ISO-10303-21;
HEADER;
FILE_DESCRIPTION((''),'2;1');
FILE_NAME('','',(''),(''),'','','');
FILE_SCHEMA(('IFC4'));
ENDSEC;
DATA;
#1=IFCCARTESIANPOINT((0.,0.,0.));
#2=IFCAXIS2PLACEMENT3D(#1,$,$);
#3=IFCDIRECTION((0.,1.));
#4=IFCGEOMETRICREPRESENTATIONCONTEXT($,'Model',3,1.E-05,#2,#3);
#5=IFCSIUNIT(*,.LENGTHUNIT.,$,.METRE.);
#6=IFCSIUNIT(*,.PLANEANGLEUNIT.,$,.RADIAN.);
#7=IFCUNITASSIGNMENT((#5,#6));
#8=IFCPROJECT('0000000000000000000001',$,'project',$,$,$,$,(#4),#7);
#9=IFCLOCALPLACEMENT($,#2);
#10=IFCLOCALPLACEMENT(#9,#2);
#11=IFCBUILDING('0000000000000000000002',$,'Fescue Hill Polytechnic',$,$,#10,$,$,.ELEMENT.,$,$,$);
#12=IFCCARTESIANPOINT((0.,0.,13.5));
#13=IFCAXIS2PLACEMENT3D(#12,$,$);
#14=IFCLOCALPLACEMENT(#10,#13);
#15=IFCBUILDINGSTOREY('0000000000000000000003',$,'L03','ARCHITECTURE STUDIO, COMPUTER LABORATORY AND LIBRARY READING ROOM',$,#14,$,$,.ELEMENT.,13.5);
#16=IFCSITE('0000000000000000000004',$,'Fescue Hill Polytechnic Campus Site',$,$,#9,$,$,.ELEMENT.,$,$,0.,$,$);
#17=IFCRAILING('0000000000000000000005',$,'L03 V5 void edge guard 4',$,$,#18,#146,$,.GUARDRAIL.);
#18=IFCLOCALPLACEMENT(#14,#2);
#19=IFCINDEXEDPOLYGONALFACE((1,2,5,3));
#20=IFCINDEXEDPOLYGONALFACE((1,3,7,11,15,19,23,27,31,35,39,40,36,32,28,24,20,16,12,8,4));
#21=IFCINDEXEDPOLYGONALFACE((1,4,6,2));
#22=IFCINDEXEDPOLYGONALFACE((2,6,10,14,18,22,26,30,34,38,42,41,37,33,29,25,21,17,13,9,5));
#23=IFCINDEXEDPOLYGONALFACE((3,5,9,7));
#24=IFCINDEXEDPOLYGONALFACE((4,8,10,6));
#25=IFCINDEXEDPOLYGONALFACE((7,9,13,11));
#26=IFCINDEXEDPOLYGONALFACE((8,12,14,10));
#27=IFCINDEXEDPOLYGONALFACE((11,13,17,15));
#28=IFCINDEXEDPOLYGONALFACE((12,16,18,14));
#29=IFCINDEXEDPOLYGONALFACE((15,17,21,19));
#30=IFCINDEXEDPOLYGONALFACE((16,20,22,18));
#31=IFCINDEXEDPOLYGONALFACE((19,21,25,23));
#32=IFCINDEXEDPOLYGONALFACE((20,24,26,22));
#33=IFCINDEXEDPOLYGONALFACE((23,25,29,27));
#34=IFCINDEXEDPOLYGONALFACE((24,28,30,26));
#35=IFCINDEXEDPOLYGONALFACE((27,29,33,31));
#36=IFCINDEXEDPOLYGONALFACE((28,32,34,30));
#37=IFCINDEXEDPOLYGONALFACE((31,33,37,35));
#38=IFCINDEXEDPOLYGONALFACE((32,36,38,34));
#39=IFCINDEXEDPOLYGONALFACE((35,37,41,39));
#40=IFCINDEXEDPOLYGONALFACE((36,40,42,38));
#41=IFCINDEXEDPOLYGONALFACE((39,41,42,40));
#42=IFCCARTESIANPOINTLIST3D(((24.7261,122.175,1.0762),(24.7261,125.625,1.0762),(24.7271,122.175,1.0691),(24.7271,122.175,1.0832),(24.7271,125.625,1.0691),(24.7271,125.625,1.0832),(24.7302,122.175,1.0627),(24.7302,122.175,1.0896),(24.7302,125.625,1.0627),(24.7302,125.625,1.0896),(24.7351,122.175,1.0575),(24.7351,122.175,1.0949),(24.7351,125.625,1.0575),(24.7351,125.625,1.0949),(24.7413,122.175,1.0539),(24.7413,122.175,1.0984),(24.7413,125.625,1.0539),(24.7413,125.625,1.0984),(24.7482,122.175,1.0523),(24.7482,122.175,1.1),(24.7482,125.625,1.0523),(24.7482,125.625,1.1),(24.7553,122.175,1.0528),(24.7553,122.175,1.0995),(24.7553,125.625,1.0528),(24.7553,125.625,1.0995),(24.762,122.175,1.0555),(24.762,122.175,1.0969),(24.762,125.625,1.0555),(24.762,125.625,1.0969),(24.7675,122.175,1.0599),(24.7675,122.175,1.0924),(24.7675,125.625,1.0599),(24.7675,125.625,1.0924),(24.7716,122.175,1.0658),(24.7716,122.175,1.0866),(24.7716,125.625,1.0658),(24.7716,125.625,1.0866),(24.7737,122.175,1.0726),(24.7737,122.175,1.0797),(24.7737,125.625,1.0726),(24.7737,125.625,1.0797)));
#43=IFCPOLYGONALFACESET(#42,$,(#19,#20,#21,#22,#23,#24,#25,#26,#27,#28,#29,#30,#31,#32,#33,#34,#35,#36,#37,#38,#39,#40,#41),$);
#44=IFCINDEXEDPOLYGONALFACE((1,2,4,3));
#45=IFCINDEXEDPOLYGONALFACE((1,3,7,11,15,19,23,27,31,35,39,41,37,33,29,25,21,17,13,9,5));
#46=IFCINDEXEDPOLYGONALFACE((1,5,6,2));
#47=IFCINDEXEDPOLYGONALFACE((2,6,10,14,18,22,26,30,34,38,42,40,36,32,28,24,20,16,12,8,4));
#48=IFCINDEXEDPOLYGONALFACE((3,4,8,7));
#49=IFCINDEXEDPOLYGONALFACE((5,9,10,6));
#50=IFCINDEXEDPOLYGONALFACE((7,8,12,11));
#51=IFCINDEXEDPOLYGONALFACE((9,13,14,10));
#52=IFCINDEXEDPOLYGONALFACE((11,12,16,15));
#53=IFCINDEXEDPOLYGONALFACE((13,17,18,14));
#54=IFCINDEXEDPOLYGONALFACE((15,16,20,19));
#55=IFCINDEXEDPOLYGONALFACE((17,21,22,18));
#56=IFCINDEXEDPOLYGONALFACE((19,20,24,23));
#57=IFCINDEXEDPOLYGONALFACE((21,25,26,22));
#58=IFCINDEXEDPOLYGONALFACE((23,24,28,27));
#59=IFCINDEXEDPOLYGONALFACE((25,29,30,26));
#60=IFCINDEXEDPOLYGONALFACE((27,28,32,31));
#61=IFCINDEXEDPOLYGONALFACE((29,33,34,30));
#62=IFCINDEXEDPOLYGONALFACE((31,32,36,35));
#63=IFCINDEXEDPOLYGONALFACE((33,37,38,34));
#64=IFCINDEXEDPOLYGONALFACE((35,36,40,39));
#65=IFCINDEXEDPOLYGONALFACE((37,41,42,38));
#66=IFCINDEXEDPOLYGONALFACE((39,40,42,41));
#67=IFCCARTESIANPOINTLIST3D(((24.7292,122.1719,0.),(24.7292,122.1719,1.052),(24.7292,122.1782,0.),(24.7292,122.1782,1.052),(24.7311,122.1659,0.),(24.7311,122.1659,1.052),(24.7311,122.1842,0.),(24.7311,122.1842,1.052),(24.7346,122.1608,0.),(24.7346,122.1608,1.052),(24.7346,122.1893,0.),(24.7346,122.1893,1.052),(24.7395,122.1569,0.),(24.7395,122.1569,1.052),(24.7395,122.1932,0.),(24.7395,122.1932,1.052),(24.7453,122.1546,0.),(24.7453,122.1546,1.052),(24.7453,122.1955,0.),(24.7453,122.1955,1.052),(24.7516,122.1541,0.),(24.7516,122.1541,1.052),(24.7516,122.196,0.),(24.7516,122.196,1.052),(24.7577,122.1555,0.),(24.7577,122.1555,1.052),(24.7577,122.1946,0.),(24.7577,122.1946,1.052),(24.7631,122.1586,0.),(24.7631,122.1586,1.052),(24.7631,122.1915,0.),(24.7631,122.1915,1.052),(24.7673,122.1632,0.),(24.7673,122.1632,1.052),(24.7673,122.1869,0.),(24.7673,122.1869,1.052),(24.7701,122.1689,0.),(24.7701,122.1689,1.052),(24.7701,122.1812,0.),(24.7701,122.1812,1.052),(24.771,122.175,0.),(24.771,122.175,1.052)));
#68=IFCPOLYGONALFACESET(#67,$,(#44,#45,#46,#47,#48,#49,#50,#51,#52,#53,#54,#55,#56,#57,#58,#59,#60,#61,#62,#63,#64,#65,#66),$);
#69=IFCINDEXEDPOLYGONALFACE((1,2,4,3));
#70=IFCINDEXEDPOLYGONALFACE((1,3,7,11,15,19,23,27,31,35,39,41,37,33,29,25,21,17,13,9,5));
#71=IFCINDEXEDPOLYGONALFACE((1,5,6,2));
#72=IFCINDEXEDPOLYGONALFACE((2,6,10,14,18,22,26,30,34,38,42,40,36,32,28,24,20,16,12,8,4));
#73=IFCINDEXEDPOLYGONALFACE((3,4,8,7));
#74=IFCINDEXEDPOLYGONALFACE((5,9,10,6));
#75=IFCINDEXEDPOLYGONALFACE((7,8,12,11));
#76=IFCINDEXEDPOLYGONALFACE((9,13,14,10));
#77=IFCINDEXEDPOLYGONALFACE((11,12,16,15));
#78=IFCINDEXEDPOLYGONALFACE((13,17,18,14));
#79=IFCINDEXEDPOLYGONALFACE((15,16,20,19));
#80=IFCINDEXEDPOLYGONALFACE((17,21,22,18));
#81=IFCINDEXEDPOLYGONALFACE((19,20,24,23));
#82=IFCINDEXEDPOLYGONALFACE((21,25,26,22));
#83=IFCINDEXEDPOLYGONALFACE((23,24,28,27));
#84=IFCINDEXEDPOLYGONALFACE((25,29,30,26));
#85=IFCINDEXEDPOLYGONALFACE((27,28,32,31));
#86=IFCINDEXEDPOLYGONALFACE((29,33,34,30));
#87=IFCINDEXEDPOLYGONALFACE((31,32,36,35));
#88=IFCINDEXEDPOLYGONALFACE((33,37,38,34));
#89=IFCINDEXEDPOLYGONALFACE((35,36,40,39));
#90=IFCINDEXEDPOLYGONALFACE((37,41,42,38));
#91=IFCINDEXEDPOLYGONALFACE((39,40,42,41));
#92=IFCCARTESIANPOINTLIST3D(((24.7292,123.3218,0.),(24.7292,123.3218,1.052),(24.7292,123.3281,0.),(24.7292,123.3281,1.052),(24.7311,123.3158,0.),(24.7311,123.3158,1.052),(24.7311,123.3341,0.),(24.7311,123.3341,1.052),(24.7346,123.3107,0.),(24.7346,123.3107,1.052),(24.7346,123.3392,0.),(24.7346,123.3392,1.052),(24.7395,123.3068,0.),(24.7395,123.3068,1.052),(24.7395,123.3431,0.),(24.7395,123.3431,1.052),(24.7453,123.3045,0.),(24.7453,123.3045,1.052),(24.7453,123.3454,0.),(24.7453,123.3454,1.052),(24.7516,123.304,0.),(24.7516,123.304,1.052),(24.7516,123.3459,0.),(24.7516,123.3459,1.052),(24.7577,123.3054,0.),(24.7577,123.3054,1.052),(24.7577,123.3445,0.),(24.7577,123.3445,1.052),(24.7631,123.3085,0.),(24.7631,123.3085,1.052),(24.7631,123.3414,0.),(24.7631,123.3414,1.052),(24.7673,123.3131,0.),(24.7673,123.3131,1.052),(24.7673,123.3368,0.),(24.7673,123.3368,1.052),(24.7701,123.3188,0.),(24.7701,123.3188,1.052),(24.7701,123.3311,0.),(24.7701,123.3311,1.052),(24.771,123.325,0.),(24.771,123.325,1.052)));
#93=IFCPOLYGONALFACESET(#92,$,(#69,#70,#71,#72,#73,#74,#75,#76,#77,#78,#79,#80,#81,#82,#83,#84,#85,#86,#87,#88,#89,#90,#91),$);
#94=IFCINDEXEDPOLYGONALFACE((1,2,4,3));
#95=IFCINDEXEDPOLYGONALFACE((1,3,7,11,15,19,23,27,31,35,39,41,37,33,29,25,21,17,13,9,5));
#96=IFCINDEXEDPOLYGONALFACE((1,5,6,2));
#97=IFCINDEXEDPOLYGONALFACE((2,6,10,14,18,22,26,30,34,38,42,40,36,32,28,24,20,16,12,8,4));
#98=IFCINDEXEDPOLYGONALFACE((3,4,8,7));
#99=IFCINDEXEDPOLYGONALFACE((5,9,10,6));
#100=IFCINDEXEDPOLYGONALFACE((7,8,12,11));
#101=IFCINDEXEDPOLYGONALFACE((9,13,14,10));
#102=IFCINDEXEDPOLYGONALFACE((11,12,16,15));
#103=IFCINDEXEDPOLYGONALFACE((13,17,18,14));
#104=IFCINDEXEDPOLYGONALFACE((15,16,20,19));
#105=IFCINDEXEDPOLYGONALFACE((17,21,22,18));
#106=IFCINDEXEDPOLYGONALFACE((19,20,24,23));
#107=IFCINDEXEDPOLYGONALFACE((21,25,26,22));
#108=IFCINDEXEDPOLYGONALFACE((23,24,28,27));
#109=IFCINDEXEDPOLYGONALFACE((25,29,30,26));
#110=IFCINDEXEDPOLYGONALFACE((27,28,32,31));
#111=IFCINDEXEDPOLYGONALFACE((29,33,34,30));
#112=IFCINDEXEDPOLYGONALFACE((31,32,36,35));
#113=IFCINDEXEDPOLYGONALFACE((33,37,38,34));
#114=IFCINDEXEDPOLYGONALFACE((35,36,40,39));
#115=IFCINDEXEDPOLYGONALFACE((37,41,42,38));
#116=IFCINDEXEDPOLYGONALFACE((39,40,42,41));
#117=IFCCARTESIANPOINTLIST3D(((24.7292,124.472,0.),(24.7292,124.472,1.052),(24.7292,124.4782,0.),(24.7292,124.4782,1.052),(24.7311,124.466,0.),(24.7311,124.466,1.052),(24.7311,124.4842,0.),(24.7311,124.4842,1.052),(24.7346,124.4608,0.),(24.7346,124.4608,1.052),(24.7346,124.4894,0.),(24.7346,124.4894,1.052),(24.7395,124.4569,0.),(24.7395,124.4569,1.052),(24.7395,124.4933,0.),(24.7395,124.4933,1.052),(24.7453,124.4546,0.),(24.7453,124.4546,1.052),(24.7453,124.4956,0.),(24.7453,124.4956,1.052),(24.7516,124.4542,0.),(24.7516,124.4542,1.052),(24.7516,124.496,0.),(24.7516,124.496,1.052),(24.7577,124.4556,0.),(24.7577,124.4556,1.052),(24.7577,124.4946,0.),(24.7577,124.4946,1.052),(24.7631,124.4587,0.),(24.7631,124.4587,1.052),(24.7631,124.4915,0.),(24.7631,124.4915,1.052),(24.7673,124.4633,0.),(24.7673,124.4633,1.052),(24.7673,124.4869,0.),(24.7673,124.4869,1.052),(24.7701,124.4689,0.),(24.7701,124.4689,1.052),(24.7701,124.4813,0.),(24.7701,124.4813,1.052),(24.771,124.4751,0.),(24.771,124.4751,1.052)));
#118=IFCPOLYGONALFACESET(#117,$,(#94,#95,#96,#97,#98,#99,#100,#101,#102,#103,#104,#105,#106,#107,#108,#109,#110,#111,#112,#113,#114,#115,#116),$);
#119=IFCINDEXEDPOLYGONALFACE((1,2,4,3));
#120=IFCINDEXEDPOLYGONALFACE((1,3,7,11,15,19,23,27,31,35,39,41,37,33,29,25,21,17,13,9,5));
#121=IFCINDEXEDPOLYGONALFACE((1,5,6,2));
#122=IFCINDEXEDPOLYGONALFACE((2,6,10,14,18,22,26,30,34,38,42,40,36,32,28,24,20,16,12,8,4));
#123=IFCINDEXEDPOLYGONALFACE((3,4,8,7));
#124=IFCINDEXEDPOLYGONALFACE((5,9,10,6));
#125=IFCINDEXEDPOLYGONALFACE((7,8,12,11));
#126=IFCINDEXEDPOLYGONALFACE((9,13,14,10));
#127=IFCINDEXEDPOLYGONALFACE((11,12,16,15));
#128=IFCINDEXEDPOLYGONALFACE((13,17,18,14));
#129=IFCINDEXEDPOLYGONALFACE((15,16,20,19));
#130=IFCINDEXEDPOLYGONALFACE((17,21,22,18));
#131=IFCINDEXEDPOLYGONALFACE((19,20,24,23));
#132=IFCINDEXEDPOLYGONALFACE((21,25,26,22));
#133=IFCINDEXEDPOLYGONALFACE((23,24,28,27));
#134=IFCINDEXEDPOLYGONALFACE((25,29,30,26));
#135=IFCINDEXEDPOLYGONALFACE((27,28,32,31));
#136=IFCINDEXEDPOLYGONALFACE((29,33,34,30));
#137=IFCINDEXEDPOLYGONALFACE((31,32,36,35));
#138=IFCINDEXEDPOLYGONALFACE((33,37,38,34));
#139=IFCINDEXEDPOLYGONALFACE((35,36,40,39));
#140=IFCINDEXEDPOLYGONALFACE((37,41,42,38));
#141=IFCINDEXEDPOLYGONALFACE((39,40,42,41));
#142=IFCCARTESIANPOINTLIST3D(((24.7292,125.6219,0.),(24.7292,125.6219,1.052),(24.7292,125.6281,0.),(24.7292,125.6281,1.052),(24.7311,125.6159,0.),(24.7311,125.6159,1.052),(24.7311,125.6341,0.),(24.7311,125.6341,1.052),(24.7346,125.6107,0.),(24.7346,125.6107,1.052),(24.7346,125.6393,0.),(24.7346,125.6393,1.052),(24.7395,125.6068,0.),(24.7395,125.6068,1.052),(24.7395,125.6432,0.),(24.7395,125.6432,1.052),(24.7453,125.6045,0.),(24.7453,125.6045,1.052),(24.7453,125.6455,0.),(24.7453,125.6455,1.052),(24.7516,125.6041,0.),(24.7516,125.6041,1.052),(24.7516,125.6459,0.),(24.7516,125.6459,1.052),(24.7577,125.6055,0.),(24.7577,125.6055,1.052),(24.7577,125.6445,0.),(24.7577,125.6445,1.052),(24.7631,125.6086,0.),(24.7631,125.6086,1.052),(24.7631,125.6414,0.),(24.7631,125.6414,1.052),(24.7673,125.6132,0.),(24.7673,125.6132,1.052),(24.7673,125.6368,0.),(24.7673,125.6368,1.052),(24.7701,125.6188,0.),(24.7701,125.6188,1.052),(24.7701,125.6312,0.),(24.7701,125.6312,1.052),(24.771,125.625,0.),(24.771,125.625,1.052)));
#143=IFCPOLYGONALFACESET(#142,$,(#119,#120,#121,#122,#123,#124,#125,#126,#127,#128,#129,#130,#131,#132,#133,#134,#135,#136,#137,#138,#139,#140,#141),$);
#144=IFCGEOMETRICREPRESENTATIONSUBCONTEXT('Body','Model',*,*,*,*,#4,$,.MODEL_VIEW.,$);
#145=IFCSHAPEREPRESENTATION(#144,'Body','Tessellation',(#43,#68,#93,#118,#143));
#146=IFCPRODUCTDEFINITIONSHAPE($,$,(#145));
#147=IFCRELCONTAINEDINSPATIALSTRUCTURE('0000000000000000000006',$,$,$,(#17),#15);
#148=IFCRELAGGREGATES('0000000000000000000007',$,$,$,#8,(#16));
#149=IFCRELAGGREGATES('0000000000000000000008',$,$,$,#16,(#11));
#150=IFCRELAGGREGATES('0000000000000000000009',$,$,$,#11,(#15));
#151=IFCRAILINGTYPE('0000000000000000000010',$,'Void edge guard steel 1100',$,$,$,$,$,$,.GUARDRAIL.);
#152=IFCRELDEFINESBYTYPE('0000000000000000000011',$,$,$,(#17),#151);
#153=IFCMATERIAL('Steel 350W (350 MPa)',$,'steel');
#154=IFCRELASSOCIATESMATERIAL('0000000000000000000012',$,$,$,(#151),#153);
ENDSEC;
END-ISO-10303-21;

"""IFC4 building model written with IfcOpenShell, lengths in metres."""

from ifc_helpers import new_model, si_unit, direction, frame, origin, origin_2d, place, context, subcontext, project, spatial, circle, extrude, material, type_object, element, save


model = new_model("IFC4")

# Units and contexts
model_context = context("Model", 3, precision=1e-05, world=origin(), true_north=direction((0.0, 1.0)))
body_context = subcontext(model_context, "Body", "Model", "MODEL_VIEW")
ifc_project = project(units=[si_unit("LENGTHUNIT", "METRE"), si_unit("PLANEANGLEUNIT", "RADIAN")], contexts=[model_context])

# Site, building, storey
site_placement = place(None, origin())
site = spatial("IfcSite", under=ifc_project, at=site_placement, Name="Fescue Hill Polytechnic Campus Site", CompositionType="ELEMENT", RefElevation=0.0)
building_placement = place(site_placement, origin())
building = spatial("IfcBuilding", under=site, at=building_placement, Name="Fescue Hill Polytechnic", CompositionType="ELEMENT")
storey_placement = place(building_placement, frame((0.0, 0.0, 13.5)))
storey = spatial("IfcBuildingStorey", under=building, at=storey_placement, Name="L03", Description="ARCHITECTURE STUDIO, COMPUTER LABORATORY AND LIBRARY READING ROOM", CompositionType="ELEMENT", Elevation=13.5)

# Railing
ifc_material_1 = material(Name="Steel 350W (350 MPa)", Category="steel")
railing_type = type_object("IfcRailingType", Name="Void edge guard steel 1100", PredefinedType="GUARDRAIL", material=ifc_material_1)
for number, where, name in (
    (1, (24.75, 122.175, 0.0), "L03 V5 void edge guard 4"),
):
    element("IfcRailing", number, at=place(storey_placement, frame(where)), inside=storey, type_object=railing_type, Name=name, PredefinedType="GUARDRAIL", context=body_context, shape_type="SweptSolid", body=[
        extrude(circle(Radius=0.0239, at=origin_2d()), frame((0.0, 0.0, 1.0762), z_axis=(0.0, 1.0, 0.0), x_axis=(-1.0, 0.0, 0.0)), (0.0, 0.0, 1.0), 3.45),
        extrude(circle(Radius=0.021, at=origin_2d()), origin(), (0.0, 0.0, 1.0), 1.052),
        extrude(circle(Radius=0.021, at=origin_2d()), frame((0.0, 1.1499, 0.0)), (0.0, 0.0, 1.0), 1.052),
        extrude(circle(Radius=0.021, at=origin_2d()), frame((0.0, 2.3, 0.0)), (0.0, 0.0, 1.0), 1.052),
        extrude(circle(Radius=0.021, at=origin_2d()), frame((0.0, 3.45, 0.0)), (0.0, 0.0, 1.0), 1.052),
    ])

save(model, "model.ifc")
